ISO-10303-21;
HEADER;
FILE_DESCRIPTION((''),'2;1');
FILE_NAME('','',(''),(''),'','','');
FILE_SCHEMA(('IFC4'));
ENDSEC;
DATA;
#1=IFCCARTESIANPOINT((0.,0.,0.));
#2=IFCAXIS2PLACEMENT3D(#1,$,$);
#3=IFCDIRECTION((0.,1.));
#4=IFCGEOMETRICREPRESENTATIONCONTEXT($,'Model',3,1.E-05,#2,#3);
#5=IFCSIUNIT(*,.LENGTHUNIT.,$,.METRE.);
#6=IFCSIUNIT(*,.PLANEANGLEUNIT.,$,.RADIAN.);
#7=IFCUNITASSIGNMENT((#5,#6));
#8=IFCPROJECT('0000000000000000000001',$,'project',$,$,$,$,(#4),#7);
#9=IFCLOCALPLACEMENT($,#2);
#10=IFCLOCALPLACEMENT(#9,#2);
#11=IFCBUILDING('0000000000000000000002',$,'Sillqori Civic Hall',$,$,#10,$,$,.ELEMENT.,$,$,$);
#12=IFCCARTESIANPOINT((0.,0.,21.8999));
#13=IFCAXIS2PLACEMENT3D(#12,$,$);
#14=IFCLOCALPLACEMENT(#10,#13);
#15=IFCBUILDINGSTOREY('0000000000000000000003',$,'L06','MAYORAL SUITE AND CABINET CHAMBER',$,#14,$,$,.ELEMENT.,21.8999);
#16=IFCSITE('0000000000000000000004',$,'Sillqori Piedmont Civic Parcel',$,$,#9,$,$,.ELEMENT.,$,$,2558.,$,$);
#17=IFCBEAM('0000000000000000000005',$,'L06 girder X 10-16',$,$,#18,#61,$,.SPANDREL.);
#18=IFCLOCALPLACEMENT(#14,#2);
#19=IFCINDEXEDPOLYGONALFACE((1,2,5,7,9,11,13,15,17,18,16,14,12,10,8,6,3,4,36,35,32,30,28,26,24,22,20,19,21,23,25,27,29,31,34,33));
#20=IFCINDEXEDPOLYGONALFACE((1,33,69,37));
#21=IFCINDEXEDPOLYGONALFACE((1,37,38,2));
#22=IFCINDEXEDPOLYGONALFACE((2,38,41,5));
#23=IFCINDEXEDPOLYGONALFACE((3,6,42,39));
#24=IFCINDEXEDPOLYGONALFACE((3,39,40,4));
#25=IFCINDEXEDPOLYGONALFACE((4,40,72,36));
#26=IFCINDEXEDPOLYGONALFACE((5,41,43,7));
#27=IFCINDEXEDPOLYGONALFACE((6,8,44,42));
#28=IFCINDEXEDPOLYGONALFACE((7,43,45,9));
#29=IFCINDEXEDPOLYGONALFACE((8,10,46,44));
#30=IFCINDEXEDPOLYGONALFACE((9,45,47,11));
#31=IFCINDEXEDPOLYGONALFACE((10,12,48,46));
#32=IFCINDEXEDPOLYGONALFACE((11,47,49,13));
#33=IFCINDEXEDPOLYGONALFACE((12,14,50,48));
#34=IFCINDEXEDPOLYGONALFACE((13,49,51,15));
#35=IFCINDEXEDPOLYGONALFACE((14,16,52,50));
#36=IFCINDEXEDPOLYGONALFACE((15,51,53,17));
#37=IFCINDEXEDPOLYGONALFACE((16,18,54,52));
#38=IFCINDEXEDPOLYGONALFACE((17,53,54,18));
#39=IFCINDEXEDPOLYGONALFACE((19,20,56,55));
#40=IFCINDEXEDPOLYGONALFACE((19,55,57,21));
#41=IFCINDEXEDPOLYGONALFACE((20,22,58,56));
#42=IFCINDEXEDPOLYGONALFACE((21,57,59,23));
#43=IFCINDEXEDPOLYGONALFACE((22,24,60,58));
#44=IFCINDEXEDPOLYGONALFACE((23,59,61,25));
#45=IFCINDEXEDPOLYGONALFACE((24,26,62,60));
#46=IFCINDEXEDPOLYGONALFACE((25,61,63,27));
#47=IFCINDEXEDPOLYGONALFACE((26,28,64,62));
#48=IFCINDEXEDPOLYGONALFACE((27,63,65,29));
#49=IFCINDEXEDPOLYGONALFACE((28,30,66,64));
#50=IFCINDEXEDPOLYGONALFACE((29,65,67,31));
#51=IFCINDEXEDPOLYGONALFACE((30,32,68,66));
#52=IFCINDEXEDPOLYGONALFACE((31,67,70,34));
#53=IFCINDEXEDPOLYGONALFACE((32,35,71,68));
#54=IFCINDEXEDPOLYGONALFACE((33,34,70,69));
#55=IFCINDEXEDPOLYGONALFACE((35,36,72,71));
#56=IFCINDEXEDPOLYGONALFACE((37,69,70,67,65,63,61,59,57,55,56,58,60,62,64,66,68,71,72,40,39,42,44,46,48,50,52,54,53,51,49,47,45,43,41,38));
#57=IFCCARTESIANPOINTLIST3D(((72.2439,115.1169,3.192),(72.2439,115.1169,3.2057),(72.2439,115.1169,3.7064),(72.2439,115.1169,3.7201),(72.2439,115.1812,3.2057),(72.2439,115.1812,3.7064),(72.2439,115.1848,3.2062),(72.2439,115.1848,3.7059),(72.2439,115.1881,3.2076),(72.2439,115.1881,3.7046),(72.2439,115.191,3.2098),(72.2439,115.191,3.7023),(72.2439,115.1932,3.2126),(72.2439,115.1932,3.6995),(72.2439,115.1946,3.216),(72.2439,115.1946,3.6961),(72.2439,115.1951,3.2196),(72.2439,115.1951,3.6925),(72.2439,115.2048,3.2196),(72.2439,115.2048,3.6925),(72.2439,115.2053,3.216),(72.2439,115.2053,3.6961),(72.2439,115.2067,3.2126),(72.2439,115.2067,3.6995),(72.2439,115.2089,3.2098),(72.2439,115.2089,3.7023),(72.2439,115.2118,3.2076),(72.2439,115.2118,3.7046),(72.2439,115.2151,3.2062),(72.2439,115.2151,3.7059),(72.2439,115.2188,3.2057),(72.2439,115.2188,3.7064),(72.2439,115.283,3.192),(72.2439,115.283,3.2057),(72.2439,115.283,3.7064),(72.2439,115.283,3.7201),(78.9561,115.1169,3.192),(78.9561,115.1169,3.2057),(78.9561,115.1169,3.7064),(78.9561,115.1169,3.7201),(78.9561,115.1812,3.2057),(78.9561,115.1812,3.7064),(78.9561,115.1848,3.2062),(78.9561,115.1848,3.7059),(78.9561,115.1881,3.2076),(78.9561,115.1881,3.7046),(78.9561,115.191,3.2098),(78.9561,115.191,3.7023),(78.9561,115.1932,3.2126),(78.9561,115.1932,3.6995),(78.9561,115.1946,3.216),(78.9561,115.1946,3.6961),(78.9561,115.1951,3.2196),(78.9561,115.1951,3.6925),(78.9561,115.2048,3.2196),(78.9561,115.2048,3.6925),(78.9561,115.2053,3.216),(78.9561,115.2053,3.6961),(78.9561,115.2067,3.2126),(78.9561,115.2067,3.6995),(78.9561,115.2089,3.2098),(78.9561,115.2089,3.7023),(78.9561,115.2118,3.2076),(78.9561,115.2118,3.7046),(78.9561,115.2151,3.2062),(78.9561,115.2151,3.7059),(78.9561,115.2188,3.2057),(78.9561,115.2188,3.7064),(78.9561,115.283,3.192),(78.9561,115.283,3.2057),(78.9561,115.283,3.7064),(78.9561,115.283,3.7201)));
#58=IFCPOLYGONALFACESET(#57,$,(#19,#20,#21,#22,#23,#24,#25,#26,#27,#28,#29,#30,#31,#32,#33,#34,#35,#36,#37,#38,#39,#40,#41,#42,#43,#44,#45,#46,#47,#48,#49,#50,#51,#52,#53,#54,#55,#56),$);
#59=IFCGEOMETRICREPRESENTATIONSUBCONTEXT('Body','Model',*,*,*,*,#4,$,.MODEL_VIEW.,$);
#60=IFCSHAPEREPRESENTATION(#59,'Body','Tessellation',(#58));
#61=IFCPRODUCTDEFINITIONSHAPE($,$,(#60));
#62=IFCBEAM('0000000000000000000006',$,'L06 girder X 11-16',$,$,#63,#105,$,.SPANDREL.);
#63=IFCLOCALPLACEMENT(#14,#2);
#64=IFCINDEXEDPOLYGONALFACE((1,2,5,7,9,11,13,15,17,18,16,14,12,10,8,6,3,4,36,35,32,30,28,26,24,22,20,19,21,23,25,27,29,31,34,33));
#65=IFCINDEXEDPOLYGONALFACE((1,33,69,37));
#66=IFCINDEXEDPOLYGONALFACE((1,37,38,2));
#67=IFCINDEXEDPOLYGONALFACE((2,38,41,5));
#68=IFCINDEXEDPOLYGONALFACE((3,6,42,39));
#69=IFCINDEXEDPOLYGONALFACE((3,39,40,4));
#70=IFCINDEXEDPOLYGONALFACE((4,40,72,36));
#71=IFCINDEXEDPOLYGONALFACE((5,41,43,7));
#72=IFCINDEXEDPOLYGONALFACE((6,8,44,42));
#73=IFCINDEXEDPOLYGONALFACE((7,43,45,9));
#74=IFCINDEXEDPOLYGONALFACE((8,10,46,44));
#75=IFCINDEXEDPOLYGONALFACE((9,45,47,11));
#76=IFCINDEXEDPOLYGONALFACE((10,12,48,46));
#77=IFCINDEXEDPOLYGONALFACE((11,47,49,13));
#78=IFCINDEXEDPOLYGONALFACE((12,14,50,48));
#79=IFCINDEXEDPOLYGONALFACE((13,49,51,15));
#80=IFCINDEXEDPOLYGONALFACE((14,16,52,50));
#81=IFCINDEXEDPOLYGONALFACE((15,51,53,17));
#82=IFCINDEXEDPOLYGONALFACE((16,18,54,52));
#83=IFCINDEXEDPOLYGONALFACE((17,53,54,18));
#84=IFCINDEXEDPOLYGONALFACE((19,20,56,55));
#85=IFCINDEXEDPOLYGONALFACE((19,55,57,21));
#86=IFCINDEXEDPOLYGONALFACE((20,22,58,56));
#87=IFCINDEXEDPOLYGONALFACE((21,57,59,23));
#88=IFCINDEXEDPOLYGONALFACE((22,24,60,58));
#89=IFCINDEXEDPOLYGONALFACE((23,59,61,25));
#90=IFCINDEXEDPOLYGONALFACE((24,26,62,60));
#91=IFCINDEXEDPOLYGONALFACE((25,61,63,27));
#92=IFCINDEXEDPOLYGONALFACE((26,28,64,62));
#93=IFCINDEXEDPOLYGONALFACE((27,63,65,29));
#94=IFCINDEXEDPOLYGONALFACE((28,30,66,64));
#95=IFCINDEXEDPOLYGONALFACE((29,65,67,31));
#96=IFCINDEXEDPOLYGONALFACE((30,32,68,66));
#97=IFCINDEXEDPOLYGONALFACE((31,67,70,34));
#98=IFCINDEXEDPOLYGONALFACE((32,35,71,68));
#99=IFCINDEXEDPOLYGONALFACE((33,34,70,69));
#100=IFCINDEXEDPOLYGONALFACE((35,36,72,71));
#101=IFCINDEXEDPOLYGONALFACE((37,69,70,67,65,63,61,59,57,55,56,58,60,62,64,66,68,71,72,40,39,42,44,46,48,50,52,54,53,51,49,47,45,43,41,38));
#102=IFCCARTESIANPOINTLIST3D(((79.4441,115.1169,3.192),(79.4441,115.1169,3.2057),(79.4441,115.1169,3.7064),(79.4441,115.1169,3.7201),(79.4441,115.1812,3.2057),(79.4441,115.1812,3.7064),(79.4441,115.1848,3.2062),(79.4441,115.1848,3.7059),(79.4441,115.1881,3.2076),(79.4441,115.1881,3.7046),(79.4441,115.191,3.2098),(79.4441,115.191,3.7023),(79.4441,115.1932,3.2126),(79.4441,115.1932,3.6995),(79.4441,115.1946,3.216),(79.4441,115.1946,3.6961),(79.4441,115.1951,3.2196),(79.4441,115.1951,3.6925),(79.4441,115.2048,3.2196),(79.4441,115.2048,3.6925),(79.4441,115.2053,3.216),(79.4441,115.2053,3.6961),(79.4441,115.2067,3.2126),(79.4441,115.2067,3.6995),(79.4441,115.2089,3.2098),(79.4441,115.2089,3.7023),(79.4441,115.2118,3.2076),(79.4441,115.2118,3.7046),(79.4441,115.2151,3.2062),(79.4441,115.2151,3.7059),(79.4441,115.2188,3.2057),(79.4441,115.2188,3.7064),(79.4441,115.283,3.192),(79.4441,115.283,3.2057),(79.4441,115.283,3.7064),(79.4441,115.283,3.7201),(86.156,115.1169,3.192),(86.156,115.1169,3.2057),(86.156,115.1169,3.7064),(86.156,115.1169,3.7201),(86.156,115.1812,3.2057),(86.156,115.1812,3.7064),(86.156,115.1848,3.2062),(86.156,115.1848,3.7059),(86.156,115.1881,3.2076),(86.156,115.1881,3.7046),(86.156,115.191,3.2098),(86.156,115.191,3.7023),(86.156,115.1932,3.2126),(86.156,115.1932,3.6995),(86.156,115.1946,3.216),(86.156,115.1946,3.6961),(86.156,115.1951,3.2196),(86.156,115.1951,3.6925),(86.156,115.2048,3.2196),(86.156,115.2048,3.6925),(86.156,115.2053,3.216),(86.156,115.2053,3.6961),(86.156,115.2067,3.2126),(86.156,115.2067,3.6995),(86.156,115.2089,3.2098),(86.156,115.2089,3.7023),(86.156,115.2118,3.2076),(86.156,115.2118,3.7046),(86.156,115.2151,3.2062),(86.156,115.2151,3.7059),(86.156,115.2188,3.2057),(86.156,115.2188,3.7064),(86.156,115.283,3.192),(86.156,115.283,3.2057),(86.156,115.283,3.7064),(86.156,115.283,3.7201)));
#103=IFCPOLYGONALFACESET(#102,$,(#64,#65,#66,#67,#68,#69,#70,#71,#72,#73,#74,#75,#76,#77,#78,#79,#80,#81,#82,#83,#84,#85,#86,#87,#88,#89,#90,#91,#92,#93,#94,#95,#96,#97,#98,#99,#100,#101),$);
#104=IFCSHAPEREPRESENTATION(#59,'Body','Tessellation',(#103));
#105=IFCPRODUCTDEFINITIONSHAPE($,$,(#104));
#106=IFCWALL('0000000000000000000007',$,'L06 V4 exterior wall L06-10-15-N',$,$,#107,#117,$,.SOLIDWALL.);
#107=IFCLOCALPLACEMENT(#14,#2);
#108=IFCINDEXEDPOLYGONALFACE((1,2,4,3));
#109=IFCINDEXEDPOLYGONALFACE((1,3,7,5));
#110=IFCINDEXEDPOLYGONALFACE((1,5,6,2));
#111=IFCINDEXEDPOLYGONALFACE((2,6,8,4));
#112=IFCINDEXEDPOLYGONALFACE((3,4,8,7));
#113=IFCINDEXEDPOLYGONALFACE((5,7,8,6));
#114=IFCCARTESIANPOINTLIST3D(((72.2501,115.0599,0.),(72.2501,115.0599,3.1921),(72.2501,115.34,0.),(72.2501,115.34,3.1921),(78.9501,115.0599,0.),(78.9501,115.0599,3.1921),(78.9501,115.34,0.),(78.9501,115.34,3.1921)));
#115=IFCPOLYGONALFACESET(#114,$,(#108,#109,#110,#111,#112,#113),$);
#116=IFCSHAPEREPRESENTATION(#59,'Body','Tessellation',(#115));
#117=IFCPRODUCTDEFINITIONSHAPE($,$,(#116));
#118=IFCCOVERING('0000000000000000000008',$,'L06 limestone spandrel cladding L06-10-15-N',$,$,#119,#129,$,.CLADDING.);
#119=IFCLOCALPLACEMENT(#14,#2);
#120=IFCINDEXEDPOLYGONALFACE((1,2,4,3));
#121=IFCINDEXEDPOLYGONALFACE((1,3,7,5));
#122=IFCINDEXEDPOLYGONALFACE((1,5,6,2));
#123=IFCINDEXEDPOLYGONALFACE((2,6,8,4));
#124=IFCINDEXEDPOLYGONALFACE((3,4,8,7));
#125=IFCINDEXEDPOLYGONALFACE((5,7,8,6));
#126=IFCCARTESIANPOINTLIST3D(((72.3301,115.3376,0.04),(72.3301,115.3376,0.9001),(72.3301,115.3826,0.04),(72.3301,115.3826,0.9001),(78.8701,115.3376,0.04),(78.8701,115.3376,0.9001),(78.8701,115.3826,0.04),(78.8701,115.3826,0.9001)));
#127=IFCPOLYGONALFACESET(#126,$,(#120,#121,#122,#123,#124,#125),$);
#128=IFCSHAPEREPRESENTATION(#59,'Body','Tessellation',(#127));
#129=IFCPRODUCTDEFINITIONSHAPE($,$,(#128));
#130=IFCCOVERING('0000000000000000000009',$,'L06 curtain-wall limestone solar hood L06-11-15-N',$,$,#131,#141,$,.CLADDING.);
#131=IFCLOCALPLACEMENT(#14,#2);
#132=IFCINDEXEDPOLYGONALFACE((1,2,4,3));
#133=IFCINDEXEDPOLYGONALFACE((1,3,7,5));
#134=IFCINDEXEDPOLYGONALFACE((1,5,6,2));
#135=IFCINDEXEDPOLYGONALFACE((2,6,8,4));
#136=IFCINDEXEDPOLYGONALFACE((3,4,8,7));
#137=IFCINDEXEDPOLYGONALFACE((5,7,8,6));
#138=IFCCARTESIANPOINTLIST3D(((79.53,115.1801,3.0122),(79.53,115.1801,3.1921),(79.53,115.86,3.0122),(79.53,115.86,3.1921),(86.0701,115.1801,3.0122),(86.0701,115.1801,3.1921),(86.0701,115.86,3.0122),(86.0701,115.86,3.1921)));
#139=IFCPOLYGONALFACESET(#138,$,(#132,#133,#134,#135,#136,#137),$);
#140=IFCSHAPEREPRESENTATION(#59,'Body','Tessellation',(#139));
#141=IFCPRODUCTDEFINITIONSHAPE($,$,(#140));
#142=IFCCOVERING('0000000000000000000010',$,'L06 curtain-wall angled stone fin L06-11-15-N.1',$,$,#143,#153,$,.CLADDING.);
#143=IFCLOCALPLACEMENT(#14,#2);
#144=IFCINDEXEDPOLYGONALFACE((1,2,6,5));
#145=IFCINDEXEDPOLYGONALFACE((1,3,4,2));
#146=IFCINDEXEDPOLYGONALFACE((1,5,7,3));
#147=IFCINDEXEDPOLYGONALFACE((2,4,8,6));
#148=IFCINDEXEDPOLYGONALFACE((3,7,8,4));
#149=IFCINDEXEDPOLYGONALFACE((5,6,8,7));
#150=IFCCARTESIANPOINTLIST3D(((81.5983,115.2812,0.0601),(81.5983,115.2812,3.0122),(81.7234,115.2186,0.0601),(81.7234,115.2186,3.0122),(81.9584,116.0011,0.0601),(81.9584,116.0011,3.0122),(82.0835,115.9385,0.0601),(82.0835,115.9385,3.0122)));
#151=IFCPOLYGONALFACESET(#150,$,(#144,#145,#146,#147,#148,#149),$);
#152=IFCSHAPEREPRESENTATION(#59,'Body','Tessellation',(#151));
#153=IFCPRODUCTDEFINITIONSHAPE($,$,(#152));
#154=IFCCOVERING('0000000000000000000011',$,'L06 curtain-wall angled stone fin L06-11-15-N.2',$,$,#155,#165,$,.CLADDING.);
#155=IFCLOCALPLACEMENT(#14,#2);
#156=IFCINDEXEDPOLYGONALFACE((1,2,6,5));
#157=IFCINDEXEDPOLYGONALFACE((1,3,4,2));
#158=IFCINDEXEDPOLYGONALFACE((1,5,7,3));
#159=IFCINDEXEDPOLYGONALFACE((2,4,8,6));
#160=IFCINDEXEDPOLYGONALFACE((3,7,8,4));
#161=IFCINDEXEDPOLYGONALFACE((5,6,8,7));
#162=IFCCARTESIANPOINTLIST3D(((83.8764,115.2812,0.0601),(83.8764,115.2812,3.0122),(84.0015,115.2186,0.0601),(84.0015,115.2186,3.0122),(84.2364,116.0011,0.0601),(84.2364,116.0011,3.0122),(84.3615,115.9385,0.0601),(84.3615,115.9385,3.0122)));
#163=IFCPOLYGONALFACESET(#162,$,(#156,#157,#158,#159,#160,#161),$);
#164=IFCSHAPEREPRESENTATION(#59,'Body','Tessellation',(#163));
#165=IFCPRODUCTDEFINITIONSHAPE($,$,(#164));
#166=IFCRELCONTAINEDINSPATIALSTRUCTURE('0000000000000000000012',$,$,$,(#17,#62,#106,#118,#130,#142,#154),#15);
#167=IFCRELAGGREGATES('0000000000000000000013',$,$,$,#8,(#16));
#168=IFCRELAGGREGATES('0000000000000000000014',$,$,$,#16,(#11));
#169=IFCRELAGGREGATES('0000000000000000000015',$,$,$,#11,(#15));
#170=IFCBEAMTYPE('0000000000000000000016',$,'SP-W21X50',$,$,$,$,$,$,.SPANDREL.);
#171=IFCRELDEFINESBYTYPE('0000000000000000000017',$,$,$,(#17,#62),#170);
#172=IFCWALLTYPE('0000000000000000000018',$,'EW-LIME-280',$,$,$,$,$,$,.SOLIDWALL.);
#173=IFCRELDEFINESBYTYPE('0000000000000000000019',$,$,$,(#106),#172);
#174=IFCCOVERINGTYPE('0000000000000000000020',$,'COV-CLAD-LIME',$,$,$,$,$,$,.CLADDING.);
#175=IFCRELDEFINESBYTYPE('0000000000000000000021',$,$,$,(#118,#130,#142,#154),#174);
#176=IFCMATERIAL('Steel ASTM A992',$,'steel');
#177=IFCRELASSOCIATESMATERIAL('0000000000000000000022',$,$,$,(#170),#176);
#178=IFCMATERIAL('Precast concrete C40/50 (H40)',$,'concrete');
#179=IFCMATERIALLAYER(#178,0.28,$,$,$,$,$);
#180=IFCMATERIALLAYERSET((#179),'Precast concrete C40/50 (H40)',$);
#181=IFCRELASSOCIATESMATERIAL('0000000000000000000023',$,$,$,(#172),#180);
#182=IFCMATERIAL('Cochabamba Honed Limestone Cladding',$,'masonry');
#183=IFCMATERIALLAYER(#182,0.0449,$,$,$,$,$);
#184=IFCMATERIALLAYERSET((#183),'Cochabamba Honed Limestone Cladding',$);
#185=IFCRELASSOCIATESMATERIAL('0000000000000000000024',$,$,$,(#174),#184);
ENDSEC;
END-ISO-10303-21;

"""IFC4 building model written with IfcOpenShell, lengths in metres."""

from ifc_helpers import new_model, si_unit, direction, frame, frame_2d, origin, origin_2d, place, context, subcontext, project, spatial, rectangle, i_section, extrude, material, layer, layer_set, material_profile, profile_set, type_object, element, save


model = new_model("IFC4")

# Units and contexts
model_context = context("Model", 3, precision=1e-05, world=origin(), true_north=direction((0.0, 1.0)))
body_context = subcontext(model_context, "Body", "Model", "MODEL_VIEW")
ifc_project = project(units=[si_unit("LENGTHUNIT", "METRE"), si_unit("PLANEANGLEUNIT", "RADIAN")], contexts=[model_context])

# Site, building, storey
site_placement = place(None, origin())
site = spatial("IfcSite", under=ifc_project, at=site_placement, Name="Sillqori Piedmont Civic Parcel", CompositionType="ELEMENT", RefElevation=2558.0)
building_placement = place(site_placement, origin())
building = spatial("IfcBuilding", under=site, at=building_placement, Name="Sillqori Civic Hall", CompositionType="ELEMENT")
storey_placement = place(building_placement, frame((0.0, 0.0, 21.8999)))
storey = spatial("IfcBuildingStorey", under=building, at=storey_placement, Name="L06", Description="MAYORAL SUITE AND CABINET CHAMBER", CompositionType="ELEMENT", Elevation=21.8999)

# Shared definitions
ifc_material_1 = material(Name="Steel ASTM A992", Category="steel")

# Beams
ifc_material_profile_1 = material_profile(ifc_material_1, i_section(OverallWidth=0.166, OverallDepth=0.5281, WebThickness=0.0098, FlangeThickness=0.0137, FilletRadius=0.0139, at=origin_2d()), Name="W21X50")
ifc_profile_set_1 = profile_set([ifc_material_profile_1], Name="Steel ASTM A992")
beam_type_1 = type_object("IfcBeamType", Name="SP-W21X50", PredefinedType="SPANDREL", material=ifc_profile_set_1)
beam_1_placement = place(storey_placement, frame((72.2439, 115.2, 3.4561), z_axis=(1.0, 0.0, 0.0), x_axis=(0.0, 1.0, 0.0)))
element("IfcBeam", 1, at=beam_1_placement, inside=storey, type_object=beam_type_1, Name="L06 girder X 10-16", PredefinedType="SPANDREL", context=body_context, shape_type="SweptSolid", body=[
    extrude(i_section(OverallWidth=0.166, OverallDepth=0.5281, WebThickness=0.0098, FlangeThickness=0.0137, FilletRadius=0.0139, at=origin_2d()), origin(), (0.0, 0.0, 1.0), 6.7122),
])
beam_2_placement = place(storey_placement, frame((79.4441, 115.2, 3.4561), z_axis=(1.0, 0.0, 0.0), x_axis=(0.0, 1.0, 0.0)))
element("IfcBeam", 2, at=beam_2_placement, inside=storey, type_object=beam_type_1, Name="L06 girder X 11-16", PredefinedType="SPANDREL", context=body_context, shape_type="SweptSolid", body=[
    extrude(i_section(OverallWidth=0.166, OverallDepth=0.5281, WebThickness=0.0098, FlangeThickness=0.0137, FilletRadius=0.0139, at=origin_2d()), origin(), (0.0, 0.0, 1.0), 6.7119),
])

# Wall
ifc_material_2 = material(Name="Precast concrete C40/50 (H40)", Category="concrete")
ifc_layer_1 = layer(ifc_material_2, 0.28)
ifc_layer_set_1 = layer_set([ifc_layer_1], Name="Precast concrete C40/50 (H40)")
wall_type = type_object("IfcWallType", Name="EW-LIME-280", PredefinedType="SOLIDWALL", material=ifc_layer_set_1)
wall_placement = place(storey_placement, frame((72.25, 115.2, 0.0), z_axis=(0.0, 0.0, 1.0), x_axis=(1.0, 0.0, 0.0)))
element("IfcWall", 3, at=wall_placement, inside=storey, type_object=wall_type, Name="L06 V4 exterior wall L06-10-15-N", PredefinedType="SOLIDWALL", context=body_context, shape_type="SweptSolid", body=[
    extrude(rectangle(XDim=6.7, YDim=0.28, at=frame_2d((3.3501, 0.0))), origin(), (0.0, 0.0, 1.0), 3.1921),
])

# Coverings
ifc_material_3 = material(Name="Cochabamba Honed Limestone Cladding", Category="masonry")
ifc_layer_2 = layer(ifc_material_3, 0.0449)
ifc_layer_set_2 = layer_set([ifc_layer_2], Name="Cochabamba Honed Limestone Cladding")
covering_type = type_object("IfcCoveringType", Name="COV-CLAD-LIME", PredefinedType="CLADDING", material=ifc_layer_set_2)
covering_1_placement = place(storey_placement, frame((72.3301, 115.3601, 0.04), z_axis=(0.0, 0.0, 1.0), x_axis=(1.0, 0.0, 0.0)))
element("IfcCovering", 4, at=covering_1_placement, inside=storey, type_object=covering_type, Name="L06 limestone spandrel cladding L06-10-15-N", PredefinedType="CLADDING", context=body_context, shape_type="SweptSolid", body=[
    extrude(rectangle(XDim=6.54, YDim=0.0449, at=frame_2d((3.27, 0.0))), origin(), (0.0, 0.0, 1.0), 0.8601),
])
covering_2_placement = place(storey_placement, frame((79.53, 115.52, 3.0122), z_axis=(0.0, 0.0, 1.0), x_axis=(1.0, 0.0, 0.0)))
element("IfcCovering", 5, at=covering_2_placement, inside=storey, type_object=covering_type, Name="L06 curtain-wall limestone solar hood L06-11-15-N", PredefinedType="CLADDING", context=body_context, shape_type="SweptSolid", body=[
    extrude(rectangle(XDim=6.54, YDim=0.6799, at=frame_2d((3.27, 0.0))), origin(), (0.0, 0.0, 1.0), 0.1799),
])
for number, where, z_axis, x_axis, name in (
    (6, (81.6609, 115.25, 0.0601), (0.0, 0.0, 1.0), (0.447335, 0.894367, 0.0), "L06 curtain-wall angled stone fin L06-11-15-N.1"),
    (7, (83.939, 115.25, 0.0601), (0.0, 0.0, 1.0), (0.447335, 0.894367, 0.0), "L06 curtain-wall angled stone fin L06-11-15-N.2"),
):
    element("IfcCovering", number, at=place(storey_placement, frame(where, z_axis=z_axis, x_axis=x_axis)), inside=storey, type_object=covering_type, Name=name, PredefinedType="CLADDING", context=body_context, shape_type="SweptSolid", body=[
        extrude(rectangle(XDim=0.8049, YDim=0.1399, at=frame_2d((0.4023, 0.0))), origin(), (0.0, 0.0, 1.0), 2.9521),
    ])

save(model, "model.ifc")
